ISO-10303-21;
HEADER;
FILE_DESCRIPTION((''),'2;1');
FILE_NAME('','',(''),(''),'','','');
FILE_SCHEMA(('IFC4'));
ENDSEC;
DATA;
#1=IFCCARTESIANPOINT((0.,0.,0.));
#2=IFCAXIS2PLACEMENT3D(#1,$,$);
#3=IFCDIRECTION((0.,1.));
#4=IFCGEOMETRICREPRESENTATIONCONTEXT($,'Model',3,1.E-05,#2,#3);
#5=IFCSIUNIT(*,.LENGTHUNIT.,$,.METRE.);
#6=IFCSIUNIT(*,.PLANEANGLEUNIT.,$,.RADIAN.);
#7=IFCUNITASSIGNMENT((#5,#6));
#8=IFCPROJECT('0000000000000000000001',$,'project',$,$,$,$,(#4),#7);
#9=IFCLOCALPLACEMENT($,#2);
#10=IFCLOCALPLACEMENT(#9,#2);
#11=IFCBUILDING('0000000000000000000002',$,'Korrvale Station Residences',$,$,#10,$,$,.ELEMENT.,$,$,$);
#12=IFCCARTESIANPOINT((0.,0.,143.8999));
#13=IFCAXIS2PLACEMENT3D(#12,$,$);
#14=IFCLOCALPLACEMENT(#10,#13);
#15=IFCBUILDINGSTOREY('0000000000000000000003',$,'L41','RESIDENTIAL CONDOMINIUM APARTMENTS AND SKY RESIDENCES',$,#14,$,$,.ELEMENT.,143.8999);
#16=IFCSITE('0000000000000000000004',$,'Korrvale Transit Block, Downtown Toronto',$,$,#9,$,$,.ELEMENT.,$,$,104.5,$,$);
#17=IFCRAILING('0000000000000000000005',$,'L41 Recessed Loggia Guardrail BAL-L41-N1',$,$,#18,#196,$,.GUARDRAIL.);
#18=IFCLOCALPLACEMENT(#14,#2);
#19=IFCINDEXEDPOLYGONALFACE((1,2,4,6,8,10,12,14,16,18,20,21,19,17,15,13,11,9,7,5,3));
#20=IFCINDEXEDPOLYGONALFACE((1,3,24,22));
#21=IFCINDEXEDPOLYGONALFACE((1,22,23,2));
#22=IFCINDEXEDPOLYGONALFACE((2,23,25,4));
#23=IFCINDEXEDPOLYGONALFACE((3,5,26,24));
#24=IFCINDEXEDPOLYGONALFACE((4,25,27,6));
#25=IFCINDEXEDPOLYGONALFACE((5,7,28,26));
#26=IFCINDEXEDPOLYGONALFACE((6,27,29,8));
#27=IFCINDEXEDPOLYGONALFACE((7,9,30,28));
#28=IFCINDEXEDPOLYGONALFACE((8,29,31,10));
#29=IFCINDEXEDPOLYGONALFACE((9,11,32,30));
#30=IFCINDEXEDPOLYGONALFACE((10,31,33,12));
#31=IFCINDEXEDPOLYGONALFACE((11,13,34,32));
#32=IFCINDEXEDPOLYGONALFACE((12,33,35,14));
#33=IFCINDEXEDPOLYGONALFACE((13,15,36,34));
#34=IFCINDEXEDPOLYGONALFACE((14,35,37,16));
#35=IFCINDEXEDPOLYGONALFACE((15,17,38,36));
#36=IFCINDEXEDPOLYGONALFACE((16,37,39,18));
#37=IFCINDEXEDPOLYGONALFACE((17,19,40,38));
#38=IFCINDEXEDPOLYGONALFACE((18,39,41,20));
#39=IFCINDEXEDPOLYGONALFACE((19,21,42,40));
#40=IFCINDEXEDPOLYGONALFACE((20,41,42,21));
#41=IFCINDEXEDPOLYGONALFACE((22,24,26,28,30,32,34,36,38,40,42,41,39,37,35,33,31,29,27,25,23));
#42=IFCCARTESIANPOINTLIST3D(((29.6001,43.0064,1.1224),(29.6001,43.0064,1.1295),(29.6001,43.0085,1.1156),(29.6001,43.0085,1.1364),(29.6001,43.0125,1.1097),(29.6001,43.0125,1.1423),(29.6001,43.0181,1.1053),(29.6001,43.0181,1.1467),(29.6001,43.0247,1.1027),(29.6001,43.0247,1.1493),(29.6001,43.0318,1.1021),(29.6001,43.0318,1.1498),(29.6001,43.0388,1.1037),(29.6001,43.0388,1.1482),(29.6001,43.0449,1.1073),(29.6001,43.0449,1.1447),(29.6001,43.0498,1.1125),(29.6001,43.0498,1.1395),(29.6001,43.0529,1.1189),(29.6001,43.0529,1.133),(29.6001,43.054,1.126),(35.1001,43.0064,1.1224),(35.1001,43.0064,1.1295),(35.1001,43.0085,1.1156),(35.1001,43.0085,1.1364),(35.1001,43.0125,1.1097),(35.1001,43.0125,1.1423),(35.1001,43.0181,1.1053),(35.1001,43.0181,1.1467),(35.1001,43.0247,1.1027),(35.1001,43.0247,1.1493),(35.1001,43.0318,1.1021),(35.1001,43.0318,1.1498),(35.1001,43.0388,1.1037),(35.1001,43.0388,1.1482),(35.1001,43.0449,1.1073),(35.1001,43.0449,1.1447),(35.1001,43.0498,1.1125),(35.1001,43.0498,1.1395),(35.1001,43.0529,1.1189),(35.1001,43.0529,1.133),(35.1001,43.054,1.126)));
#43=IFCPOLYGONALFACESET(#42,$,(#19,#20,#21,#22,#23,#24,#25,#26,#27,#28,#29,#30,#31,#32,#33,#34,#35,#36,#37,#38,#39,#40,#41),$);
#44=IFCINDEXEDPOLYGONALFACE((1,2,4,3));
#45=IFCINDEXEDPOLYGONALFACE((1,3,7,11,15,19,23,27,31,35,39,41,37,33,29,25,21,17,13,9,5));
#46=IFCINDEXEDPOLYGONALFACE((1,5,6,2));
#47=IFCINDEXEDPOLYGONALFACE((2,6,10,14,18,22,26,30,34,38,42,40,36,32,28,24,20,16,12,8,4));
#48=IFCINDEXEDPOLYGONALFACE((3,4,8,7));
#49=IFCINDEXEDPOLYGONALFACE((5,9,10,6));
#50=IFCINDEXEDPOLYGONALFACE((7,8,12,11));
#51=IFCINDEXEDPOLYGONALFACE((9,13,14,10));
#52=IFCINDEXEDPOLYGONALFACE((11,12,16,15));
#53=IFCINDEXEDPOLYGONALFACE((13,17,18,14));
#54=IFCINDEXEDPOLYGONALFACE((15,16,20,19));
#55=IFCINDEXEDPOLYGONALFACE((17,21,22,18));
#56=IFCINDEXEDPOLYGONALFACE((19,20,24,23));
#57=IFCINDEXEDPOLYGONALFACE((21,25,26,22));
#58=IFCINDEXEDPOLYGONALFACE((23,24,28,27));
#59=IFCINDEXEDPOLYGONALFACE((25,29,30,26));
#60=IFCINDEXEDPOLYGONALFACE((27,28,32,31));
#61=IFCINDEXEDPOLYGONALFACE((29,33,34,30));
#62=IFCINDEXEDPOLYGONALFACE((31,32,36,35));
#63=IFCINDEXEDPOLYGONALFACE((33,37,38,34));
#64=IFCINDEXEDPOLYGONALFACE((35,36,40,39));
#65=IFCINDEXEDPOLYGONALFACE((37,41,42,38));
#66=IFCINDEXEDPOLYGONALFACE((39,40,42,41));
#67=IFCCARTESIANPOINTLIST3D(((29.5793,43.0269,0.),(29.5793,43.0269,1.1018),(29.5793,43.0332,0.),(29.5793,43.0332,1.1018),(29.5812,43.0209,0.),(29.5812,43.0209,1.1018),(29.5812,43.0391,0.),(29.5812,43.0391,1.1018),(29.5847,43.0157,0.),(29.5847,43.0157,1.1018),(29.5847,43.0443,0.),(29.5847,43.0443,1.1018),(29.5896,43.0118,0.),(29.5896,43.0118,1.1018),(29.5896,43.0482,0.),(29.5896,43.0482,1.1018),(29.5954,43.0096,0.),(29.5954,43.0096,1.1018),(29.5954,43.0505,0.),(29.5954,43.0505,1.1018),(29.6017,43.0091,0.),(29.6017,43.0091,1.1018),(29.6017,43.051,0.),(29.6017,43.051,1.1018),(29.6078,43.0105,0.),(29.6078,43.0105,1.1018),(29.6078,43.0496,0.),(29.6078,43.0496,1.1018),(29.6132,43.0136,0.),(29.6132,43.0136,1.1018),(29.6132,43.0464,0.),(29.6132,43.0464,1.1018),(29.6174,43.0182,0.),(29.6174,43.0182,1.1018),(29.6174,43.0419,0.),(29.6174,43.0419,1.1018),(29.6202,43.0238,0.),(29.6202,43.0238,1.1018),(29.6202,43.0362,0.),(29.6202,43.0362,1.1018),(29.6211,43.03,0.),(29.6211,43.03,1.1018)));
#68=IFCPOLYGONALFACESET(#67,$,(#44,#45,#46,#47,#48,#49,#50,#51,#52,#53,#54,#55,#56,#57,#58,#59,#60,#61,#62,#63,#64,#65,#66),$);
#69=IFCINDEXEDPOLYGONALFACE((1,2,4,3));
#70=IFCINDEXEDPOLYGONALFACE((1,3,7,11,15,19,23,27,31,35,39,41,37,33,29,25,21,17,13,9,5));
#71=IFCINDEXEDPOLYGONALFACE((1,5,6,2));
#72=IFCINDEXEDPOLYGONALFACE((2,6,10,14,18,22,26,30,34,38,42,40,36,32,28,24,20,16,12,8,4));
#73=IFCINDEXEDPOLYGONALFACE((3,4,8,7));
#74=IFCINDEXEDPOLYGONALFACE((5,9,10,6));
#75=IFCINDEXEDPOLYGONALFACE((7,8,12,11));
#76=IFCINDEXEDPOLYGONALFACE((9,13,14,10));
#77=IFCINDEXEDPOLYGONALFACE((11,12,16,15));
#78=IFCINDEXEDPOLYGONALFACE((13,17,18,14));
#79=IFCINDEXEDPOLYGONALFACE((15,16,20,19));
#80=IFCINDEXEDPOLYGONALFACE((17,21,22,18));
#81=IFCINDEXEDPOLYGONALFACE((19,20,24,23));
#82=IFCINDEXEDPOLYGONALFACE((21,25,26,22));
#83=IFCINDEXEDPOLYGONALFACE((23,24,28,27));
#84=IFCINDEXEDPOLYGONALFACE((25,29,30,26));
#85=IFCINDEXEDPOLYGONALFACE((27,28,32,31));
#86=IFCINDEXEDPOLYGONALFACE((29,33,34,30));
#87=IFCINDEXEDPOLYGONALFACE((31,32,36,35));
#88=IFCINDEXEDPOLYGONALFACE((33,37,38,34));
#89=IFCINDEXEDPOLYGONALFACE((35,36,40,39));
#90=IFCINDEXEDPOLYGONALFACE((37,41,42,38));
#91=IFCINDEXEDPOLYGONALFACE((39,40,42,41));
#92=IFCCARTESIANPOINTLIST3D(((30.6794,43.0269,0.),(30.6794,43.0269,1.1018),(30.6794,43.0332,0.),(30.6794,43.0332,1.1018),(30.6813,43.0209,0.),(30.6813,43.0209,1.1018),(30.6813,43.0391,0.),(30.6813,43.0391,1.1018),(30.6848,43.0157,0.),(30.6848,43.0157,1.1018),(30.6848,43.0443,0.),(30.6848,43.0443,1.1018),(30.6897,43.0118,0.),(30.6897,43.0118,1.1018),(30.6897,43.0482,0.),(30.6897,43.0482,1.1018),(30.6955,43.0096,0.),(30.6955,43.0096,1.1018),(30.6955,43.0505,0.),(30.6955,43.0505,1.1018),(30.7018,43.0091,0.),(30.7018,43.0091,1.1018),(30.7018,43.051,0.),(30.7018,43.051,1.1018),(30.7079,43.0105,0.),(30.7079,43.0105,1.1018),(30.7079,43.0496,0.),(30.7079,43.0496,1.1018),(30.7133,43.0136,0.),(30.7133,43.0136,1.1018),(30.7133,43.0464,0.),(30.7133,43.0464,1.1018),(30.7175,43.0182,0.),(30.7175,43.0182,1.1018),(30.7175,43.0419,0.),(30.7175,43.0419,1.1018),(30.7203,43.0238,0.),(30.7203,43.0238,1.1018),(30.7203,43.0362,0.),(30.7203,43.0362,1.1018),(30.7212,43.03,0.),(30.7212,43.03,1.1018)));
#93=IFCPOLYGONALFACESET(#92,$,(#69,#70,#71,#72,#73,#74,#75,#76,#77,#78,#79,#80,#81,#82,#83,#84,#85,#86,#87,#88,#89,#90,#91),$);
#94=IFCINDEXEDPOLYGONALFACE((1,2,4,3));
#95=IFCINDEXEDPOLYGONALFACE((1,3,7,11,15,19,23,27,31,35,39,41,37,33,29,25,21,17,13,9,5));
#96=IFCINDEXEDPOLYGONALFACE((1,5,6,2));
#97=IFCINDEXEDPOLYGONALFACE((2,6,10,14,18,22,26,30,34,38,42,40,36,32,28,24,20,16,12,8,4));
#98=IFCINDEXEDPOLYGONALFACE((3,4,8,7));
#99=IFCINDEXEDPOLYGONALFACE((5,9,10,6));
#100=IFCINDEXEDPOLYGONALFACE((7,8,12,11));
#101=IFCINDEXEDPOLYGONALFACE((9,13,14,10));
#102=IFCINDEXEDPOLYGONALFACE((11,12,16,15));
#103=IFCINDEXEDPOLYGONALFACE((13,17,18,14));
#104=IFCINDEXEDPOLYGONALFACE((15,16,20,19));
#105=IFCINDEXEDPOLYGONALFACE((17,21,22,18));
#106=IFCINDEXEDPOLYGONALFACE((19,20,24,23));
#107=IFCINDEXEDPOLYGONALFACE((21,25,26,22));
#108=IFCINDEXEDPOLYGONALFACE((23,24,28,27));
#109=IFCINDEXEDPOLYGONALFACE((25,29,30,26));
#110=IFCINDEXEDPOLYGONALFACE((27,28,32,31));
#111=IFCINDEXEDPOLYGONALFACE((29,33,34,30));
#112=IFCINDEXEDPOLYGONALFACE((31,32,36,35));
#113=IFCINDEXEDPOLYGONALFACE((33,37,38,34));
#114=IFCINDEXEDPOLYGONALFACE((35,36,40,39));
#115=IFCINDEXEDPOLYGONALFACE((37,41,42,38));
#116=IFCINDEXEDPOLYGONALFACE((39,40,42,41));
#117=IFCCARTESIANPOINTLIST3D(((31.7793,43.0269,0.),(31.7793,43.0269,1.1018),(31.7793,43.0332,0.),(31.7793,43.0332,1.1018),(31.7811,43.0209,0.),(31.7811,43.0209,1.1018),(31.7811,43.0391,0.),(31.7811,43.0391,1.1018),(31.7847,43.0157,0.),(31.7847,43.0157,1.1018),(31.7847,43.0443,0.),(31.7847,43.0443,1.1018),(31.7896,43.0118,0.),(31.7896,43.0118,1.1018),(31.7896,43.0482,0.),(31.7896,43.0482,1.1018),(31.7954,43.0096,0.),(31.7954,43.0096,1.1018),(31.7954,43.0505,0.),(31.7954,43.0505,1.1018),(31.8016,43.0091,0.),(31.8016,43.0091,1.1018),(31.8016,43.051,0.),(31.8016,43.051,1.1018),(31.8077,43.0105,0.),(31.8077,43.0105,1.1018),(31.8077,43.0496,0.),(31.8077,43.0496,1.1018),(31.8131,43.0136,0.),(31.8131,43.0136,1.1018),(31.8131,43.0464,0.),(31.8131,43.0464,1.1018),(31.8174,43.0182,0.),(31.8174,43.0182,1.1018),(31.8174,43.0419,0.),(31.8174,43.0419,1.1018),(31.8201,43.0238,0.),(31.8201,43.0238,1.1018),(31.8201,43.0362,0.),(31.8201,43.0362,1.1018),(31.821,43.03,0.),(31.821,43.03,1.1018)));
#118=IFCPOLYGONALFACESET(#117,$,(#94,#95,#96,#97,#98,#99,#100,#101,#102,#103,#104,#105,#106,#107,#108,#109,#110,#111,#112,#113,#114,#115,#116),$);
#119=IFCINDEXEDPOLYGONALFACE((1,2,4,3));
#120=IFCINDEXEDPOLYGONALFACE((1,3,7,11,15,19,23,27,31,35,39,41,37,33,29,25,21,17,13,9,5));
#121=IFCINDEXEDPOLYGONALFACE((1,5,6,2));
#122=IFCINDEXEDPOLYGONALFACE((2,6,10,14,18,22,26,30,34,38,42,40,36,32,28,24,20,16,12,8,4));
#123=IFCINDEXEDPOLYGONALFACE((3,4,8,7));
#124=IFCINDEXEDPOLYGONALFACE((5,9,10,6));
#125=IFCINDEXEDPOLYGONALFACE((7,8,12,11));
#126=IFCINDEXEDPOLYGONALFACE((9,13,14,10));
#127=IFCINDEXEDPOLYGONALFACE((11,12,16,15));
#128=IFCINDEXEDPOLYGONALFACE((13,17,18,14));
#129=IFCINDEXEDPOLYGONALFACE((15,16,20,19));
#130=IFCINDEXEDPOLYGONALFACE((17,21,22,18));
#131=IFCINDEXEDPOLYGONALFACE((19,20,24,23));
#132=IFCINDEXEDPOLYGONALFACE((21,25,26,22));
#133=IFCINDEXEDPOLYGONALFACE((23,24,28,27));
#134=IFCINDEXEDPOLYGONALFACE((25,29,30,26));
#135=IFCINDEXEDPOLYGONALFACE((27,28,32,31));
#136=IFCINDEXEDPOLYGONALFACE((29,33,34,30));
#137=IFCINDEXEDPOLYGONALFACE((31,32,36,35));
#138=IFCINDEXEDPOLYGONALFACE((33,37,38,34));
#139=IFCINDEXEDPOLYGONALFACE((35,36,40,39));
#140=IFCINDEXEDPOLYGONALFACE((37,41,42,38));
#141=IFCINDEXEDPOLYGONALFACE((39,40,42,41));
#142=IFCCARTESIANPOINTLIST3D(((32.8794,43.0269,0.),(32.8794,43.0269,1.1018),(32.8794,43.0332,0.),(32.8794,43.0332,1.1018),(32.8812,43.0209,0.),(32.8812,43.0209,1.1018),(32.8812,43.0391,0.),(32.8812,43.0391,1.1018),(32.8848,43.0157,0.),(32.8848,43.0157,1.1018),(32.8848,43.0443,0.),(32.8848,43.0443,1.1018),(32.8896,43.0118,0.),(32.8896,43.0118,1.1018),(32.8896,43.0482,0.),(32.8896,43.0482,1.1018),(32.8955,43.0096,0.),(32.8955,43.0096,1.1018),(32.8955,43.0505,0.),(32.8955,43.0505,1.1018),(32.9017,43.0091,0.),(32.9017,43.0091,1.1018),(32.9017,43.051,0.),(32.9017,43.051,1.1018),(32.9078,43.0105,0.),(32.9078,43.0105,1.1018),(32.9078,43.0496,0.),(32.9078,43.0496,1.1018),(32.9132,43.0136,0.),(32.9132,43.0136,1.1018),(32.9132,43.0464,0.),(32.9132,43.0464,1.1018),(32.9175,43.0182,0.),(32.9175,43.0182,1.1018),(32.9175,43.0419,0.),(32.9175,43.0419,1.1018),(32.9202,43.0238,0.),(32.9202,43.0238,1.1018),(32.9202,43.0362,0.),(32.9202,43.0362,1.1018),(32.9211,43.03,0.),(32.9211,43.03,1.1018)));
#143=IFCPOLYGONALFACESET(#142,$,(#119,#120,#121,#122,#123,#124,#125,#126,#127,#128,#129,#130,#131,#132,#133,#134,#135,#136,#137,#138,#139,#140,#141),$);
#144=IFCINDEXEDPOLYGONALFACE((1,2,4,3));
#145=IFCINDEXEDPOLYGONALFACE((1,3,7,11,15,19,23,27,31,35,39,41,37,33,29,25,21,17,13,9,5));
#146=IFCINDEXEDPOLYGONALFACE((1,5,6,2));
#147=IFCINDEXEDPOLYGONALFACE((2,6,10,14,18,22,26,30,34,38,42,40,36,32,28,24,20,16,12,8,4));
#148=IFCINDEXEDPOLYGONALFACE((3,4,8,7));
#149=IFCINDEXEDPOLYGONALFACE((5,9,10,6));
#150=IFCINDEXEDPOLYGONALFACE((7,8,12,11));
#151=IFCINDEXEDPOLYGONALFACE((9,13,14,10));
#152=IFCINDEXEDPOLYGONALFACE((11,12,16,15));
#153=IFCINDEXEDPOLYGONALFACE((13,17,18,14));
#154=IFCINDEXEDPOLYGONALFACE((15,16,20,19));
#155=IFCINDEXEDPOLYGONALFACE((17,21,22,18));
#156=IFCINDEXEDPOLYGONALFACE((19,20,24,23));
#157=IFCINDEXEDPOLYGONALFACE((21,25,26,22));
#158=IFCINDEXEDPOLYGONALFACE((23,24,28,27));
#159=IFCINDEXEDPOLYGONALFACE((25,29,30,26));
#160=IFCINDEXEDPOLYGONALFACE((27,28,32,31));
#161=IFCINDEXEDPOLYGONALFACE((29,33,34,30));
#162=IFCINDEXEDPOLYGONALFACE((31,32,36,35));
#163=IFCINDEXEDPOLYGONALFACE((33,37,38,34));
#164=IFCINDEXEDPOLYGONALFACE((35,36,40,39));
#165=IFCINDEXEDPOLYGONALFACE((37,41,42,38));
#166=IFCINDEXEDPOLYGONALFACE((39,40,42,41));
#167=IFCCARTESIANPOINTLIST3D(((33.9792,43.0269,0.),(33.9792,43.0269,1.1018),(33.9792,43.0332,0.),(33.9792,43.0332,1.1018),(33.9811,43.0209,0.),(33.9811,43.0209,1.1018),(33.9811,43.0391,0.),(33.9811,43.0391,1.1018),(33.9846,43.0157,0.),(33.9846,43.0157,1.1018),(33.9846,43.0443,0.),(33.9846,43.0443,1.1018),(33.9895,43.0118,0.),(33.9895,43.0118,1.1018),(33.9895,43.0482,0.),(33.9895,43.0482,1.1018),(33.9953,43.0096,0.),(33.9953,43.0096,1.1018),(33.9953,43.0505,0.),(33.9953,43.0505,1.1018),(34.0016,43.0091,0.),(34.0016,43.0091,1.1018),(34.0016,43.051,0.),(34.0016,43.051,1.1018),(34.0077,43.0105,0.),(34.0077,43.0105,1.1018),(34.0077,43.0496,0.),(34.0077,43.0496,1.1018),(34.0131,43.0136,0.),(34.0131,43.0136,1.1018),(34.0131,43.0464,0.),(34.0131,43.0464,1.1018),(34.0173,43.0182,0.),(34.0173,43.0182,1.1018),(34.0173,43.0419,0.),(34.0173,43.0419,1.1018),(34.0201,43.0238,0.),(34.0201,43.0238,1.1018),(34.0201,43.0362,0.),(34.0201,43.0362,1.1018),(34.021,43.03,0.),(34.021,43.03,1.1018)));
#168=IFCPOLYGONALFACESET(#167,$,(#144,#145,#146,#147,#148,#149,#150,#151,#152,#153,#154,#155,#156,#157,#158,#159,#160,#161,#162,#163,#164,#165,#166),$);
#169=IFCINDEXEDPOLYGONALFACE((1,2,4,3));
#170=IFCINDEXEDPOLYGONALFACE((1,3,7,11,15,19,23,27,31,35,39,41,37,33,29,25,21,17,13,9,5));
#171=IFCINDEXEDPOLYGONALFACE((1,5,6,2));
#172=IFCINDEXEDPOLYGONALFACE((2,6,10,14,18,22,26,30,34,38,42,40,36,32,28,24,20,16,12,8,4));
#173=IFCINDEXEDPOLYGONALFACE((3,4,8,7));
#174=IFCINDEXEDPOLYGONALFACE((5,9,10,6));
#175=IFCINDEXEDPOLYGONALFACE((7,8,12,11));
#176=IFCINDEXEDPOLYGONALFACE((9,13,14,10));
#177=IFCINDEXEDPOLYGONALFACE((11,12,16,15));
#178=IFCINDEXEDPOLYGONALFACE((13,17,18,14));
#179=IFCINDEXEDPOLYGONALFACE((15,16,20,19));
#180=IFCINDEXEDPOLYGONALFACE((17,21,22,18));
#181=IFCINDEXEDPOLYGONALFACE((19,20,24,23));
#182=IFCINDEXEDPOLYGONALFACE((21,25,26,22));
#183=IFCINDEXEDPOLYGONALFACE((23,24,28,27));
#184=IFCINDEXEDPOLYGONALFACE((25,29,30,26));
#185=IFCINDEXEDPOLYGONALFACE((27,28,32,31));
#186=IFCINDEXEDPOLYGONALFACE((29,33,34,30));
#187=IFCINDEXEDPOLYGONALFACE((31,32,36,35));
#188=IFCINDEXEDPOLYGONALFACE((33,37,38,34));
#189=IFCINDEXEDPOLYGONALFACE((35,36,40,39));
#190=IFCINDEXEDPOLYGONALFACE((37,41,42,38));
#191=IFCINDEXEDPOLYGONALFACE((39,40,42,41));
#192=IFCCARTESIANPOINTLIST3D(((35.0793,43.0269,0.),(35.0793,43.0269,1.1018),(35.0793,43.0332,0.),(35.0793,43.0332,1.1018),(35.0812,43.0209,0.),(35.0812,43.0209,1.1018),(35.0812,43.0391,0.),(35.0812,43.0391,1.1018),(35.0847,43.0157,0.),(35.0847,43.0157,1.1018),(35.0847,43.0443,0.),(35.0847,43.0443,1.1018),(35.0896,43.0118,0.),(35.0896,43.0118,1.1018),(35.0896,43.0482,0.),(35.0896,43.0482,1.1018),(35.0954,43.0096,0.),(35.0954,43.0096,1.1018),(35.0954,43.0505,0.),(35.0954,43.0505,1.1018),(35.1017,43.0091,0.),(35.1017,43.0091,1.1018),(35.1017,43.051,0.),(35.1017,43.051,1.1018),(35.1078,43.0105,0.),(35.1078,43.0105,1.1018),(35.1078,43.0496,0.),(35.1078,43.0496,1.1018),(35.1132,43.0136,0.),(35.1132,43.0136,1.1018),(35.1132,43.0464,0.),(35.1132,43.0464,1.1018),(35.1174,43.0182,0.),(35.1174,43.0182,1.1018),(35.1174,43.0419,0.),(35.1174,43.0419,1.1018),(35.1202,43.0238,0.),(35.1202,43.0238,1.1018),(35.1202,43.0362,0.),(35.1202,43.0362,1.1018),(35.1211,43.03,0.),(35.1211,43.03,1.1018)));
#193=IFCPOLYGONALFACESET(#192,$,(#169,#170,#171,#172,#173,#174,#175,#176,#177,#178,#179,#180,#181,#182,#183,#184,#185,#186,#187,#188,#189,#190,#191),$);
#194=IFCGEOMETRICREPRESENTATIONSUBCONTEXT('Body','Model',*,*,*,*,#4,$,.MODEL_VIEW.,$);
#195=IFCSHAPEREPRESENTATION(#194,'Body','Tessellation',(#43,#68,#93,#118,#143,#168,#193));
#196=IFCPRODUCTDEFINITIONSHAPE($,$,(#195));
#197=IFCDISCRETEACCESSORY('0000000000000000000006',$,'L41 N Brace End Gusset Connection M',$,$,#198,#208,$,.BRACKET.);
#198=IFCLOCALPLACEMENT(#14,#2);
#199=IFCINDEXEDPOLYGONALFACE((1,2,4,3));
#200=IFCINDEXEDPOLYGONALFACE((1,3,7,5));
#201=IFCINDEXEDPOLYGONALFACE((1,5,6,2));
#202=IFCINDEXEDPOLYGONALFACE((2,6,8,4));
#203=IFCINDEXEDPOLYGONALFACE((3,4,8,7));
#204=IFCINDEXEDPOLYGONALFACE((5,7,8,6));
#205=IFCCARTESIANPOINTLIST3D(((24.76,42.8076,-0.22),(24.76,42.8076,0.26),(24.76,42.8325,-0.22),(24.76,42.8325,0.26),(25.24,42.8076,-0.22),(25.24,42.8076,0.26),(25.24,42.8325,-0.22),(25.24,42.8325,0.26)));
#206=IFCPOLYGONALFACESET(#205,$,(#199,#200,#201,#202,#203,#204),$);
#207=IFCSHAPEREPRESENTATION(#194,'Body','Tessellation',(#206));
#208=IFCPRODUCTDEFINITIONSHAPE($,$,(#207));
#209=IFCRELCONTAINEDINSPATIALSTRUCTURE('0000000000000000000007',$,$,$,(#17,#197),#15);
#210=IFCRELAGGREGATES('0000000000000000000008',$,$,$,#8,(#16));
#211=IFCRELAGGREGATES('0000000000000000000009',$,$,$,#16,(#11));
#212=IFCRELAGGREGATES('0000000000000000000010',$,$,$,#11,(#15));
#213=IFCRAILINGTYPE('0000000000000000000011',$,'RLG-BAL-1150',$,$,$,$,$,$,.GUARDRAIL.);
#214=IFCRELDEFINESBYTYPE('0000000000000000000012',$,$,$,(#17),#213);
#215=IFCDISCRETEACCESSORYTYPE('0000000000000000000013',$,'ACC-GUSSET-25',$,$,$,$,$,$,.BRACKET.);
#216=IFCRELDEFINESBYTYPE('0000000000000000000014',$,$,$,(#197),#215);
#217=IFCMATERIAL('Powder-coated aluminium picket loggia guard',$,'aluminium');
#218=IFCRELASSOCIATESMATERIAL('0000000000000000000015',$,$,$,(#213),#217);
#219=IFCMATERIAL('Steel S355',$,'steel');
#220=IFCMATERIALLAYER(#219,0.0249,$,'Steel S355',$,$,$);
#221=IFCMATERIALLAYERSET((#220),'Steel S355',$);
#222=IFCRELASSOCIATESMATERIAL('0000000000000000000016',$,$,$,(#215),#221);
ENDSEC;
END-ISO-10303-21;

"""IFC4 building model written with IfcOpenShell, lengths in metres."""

from ifc_helpers import new_model, si_unit, direction, frame, origin, origin_2d, place, context, subcontext, project, spatial, rectangle, circle, extrude, material, layer, layer_set, type_object, element, save


model = new_model("IFC4")

# Units and contexts
model_context = context("Model", 3, precision=1e-05, world=origin(), true_north=direction((0.0, 1.0)))
body_context = subcontext(model_context, "Body", "Model", "MODEL_VIEW")
ifc_project = project(units=[si_unit("LENGTHUNIT", "METRE"), si_unit("PLANEANGLEUNIT", "RADIAN")], contexts=[model_context])

# Site, building, storey
site_placement = place(None, origin())
site = spatial("IfcSite", under=ifc_project, at=site_placement, Name="Korrvale Transit Block, Downtown Toronto", CompositionType="ELEMENT", RefElevation=104.5)
building_placement = place(site_placement, origin())
building = spatial("IfcBuilding", under=site, at=building_placement, Name="Korrvale Station Residences", CompositionType="ELEMENT")
storey_placement = place(building_placement, frame((0.0, 0.0, 143.8999)))
storey = spatial("IfcBuildingStorey", under=building, at=storey_placement, Name="L41", Description="RESIDENTIAL CONDOMINIUM APARTMENTS AND SKY RESIDENCES", CompositionType="ELEMENT", Elevation=143.8999)

# Shared definitions
ifc_material_1 = material(Name="Steel S355", Category="steel")

# Railing
ifc_material_2 = material(Name="Powder-coated aluminium picket loggia guard", Category="aluminium")
railing_type = type_object("IfcRailingType", Name="RLG-BAL-1150", PredefinedType="GUARDRAIL", material=ifc_material_2)
railing_placement = place(storey_placement, frame((29.6001, 43.03, 0.0)))
element("IfcRailing", 1, at=railing_placement, inside=storey, type_object=railing_type, Name="L41 Recessed Loggia Guardrail BAL-L41-N1", PredefinedType="GUARDRAIL", context=body_context, shape_type="SweptSolid", body=[
    extrude(circle(Radius=0.0239, at=origin_2d()), frame((0.0, 0.0, 1.126), z_axis=(1.0, 0.0, 0.0), x_axis=(0.0, 1.0, 0.0)), (0.0, 0.0, 1.0), 5.5),
    extrude(circle(Radius=0.021, at=origin_2d()), origin(), (0.0, 0.0, 1.0), 1.1018),
    extrude(circle(Radius=0.021, at=origin_2d()), frame((1.1001, 0.0, 0.0)), (0.0, 0.0, 1.0), 1.1018),
    extrude(circle(Radius=0.021, at=origin_2d()), frame((2.2, 0.0, 0.0)), (0.0, 0.0, 1.0), 1.1018),
    extrude(circle(Radius=0.021, at=origin_2d()), frame((3.3, 0.0, 0.0)), (0.0, 0.0, 1.0), 1.1018),
    extrude(circle(Radius=0.021, at=origin_2d()), frame((4.3999, 0.0, 0.0)), (0.0, 0.0, 1.0), 1.1018),
    extrude(circle(Radius=0.021, at=origin_2d()), frame((5.5, 0.0, 0.0)), (0.0, 0.0, 1.0), 1.1018),
])

# Discrete accessory
ifc_layer_1 = layer(ifc_material_1, 0.0249, Name="Steel S355")
ifc_layer_set_1 = layer_set([ifc_layer_1], Name="Steel S355")
discrete_accessory_type = type_object("IfcDiscreteAccessoryType", Name="ACC-GUSSET-25", PredefinedType="BRACKET", material=ifc_layer_set_1)
for number, where, z_axis, x_axis, name in (
    (2, (25.0, 42.8201, -0.22), (0.0, 0.0, 1.0), (1.0, 0.0, 0.0), "L41 N Brace End Gusset Connection M"),
):
    element("IfcDiscreteAccessory", number, at=place(storey_placement, frame(where, z_axis=z_axis, x_axis=x_axis)), inside=storey, type_object=discrete_accessory_type, Name=name, PredefinedType="BRACKET", context=body_context, shape_type="SweptSolid", body=[
        extrude(rectangle(XDim=0.48, YDim=0.0249, at=origin_2d()), origin(), (0.0, 0.0, 1.0), 0.48),
    ])

save(model, "model.ifc")
